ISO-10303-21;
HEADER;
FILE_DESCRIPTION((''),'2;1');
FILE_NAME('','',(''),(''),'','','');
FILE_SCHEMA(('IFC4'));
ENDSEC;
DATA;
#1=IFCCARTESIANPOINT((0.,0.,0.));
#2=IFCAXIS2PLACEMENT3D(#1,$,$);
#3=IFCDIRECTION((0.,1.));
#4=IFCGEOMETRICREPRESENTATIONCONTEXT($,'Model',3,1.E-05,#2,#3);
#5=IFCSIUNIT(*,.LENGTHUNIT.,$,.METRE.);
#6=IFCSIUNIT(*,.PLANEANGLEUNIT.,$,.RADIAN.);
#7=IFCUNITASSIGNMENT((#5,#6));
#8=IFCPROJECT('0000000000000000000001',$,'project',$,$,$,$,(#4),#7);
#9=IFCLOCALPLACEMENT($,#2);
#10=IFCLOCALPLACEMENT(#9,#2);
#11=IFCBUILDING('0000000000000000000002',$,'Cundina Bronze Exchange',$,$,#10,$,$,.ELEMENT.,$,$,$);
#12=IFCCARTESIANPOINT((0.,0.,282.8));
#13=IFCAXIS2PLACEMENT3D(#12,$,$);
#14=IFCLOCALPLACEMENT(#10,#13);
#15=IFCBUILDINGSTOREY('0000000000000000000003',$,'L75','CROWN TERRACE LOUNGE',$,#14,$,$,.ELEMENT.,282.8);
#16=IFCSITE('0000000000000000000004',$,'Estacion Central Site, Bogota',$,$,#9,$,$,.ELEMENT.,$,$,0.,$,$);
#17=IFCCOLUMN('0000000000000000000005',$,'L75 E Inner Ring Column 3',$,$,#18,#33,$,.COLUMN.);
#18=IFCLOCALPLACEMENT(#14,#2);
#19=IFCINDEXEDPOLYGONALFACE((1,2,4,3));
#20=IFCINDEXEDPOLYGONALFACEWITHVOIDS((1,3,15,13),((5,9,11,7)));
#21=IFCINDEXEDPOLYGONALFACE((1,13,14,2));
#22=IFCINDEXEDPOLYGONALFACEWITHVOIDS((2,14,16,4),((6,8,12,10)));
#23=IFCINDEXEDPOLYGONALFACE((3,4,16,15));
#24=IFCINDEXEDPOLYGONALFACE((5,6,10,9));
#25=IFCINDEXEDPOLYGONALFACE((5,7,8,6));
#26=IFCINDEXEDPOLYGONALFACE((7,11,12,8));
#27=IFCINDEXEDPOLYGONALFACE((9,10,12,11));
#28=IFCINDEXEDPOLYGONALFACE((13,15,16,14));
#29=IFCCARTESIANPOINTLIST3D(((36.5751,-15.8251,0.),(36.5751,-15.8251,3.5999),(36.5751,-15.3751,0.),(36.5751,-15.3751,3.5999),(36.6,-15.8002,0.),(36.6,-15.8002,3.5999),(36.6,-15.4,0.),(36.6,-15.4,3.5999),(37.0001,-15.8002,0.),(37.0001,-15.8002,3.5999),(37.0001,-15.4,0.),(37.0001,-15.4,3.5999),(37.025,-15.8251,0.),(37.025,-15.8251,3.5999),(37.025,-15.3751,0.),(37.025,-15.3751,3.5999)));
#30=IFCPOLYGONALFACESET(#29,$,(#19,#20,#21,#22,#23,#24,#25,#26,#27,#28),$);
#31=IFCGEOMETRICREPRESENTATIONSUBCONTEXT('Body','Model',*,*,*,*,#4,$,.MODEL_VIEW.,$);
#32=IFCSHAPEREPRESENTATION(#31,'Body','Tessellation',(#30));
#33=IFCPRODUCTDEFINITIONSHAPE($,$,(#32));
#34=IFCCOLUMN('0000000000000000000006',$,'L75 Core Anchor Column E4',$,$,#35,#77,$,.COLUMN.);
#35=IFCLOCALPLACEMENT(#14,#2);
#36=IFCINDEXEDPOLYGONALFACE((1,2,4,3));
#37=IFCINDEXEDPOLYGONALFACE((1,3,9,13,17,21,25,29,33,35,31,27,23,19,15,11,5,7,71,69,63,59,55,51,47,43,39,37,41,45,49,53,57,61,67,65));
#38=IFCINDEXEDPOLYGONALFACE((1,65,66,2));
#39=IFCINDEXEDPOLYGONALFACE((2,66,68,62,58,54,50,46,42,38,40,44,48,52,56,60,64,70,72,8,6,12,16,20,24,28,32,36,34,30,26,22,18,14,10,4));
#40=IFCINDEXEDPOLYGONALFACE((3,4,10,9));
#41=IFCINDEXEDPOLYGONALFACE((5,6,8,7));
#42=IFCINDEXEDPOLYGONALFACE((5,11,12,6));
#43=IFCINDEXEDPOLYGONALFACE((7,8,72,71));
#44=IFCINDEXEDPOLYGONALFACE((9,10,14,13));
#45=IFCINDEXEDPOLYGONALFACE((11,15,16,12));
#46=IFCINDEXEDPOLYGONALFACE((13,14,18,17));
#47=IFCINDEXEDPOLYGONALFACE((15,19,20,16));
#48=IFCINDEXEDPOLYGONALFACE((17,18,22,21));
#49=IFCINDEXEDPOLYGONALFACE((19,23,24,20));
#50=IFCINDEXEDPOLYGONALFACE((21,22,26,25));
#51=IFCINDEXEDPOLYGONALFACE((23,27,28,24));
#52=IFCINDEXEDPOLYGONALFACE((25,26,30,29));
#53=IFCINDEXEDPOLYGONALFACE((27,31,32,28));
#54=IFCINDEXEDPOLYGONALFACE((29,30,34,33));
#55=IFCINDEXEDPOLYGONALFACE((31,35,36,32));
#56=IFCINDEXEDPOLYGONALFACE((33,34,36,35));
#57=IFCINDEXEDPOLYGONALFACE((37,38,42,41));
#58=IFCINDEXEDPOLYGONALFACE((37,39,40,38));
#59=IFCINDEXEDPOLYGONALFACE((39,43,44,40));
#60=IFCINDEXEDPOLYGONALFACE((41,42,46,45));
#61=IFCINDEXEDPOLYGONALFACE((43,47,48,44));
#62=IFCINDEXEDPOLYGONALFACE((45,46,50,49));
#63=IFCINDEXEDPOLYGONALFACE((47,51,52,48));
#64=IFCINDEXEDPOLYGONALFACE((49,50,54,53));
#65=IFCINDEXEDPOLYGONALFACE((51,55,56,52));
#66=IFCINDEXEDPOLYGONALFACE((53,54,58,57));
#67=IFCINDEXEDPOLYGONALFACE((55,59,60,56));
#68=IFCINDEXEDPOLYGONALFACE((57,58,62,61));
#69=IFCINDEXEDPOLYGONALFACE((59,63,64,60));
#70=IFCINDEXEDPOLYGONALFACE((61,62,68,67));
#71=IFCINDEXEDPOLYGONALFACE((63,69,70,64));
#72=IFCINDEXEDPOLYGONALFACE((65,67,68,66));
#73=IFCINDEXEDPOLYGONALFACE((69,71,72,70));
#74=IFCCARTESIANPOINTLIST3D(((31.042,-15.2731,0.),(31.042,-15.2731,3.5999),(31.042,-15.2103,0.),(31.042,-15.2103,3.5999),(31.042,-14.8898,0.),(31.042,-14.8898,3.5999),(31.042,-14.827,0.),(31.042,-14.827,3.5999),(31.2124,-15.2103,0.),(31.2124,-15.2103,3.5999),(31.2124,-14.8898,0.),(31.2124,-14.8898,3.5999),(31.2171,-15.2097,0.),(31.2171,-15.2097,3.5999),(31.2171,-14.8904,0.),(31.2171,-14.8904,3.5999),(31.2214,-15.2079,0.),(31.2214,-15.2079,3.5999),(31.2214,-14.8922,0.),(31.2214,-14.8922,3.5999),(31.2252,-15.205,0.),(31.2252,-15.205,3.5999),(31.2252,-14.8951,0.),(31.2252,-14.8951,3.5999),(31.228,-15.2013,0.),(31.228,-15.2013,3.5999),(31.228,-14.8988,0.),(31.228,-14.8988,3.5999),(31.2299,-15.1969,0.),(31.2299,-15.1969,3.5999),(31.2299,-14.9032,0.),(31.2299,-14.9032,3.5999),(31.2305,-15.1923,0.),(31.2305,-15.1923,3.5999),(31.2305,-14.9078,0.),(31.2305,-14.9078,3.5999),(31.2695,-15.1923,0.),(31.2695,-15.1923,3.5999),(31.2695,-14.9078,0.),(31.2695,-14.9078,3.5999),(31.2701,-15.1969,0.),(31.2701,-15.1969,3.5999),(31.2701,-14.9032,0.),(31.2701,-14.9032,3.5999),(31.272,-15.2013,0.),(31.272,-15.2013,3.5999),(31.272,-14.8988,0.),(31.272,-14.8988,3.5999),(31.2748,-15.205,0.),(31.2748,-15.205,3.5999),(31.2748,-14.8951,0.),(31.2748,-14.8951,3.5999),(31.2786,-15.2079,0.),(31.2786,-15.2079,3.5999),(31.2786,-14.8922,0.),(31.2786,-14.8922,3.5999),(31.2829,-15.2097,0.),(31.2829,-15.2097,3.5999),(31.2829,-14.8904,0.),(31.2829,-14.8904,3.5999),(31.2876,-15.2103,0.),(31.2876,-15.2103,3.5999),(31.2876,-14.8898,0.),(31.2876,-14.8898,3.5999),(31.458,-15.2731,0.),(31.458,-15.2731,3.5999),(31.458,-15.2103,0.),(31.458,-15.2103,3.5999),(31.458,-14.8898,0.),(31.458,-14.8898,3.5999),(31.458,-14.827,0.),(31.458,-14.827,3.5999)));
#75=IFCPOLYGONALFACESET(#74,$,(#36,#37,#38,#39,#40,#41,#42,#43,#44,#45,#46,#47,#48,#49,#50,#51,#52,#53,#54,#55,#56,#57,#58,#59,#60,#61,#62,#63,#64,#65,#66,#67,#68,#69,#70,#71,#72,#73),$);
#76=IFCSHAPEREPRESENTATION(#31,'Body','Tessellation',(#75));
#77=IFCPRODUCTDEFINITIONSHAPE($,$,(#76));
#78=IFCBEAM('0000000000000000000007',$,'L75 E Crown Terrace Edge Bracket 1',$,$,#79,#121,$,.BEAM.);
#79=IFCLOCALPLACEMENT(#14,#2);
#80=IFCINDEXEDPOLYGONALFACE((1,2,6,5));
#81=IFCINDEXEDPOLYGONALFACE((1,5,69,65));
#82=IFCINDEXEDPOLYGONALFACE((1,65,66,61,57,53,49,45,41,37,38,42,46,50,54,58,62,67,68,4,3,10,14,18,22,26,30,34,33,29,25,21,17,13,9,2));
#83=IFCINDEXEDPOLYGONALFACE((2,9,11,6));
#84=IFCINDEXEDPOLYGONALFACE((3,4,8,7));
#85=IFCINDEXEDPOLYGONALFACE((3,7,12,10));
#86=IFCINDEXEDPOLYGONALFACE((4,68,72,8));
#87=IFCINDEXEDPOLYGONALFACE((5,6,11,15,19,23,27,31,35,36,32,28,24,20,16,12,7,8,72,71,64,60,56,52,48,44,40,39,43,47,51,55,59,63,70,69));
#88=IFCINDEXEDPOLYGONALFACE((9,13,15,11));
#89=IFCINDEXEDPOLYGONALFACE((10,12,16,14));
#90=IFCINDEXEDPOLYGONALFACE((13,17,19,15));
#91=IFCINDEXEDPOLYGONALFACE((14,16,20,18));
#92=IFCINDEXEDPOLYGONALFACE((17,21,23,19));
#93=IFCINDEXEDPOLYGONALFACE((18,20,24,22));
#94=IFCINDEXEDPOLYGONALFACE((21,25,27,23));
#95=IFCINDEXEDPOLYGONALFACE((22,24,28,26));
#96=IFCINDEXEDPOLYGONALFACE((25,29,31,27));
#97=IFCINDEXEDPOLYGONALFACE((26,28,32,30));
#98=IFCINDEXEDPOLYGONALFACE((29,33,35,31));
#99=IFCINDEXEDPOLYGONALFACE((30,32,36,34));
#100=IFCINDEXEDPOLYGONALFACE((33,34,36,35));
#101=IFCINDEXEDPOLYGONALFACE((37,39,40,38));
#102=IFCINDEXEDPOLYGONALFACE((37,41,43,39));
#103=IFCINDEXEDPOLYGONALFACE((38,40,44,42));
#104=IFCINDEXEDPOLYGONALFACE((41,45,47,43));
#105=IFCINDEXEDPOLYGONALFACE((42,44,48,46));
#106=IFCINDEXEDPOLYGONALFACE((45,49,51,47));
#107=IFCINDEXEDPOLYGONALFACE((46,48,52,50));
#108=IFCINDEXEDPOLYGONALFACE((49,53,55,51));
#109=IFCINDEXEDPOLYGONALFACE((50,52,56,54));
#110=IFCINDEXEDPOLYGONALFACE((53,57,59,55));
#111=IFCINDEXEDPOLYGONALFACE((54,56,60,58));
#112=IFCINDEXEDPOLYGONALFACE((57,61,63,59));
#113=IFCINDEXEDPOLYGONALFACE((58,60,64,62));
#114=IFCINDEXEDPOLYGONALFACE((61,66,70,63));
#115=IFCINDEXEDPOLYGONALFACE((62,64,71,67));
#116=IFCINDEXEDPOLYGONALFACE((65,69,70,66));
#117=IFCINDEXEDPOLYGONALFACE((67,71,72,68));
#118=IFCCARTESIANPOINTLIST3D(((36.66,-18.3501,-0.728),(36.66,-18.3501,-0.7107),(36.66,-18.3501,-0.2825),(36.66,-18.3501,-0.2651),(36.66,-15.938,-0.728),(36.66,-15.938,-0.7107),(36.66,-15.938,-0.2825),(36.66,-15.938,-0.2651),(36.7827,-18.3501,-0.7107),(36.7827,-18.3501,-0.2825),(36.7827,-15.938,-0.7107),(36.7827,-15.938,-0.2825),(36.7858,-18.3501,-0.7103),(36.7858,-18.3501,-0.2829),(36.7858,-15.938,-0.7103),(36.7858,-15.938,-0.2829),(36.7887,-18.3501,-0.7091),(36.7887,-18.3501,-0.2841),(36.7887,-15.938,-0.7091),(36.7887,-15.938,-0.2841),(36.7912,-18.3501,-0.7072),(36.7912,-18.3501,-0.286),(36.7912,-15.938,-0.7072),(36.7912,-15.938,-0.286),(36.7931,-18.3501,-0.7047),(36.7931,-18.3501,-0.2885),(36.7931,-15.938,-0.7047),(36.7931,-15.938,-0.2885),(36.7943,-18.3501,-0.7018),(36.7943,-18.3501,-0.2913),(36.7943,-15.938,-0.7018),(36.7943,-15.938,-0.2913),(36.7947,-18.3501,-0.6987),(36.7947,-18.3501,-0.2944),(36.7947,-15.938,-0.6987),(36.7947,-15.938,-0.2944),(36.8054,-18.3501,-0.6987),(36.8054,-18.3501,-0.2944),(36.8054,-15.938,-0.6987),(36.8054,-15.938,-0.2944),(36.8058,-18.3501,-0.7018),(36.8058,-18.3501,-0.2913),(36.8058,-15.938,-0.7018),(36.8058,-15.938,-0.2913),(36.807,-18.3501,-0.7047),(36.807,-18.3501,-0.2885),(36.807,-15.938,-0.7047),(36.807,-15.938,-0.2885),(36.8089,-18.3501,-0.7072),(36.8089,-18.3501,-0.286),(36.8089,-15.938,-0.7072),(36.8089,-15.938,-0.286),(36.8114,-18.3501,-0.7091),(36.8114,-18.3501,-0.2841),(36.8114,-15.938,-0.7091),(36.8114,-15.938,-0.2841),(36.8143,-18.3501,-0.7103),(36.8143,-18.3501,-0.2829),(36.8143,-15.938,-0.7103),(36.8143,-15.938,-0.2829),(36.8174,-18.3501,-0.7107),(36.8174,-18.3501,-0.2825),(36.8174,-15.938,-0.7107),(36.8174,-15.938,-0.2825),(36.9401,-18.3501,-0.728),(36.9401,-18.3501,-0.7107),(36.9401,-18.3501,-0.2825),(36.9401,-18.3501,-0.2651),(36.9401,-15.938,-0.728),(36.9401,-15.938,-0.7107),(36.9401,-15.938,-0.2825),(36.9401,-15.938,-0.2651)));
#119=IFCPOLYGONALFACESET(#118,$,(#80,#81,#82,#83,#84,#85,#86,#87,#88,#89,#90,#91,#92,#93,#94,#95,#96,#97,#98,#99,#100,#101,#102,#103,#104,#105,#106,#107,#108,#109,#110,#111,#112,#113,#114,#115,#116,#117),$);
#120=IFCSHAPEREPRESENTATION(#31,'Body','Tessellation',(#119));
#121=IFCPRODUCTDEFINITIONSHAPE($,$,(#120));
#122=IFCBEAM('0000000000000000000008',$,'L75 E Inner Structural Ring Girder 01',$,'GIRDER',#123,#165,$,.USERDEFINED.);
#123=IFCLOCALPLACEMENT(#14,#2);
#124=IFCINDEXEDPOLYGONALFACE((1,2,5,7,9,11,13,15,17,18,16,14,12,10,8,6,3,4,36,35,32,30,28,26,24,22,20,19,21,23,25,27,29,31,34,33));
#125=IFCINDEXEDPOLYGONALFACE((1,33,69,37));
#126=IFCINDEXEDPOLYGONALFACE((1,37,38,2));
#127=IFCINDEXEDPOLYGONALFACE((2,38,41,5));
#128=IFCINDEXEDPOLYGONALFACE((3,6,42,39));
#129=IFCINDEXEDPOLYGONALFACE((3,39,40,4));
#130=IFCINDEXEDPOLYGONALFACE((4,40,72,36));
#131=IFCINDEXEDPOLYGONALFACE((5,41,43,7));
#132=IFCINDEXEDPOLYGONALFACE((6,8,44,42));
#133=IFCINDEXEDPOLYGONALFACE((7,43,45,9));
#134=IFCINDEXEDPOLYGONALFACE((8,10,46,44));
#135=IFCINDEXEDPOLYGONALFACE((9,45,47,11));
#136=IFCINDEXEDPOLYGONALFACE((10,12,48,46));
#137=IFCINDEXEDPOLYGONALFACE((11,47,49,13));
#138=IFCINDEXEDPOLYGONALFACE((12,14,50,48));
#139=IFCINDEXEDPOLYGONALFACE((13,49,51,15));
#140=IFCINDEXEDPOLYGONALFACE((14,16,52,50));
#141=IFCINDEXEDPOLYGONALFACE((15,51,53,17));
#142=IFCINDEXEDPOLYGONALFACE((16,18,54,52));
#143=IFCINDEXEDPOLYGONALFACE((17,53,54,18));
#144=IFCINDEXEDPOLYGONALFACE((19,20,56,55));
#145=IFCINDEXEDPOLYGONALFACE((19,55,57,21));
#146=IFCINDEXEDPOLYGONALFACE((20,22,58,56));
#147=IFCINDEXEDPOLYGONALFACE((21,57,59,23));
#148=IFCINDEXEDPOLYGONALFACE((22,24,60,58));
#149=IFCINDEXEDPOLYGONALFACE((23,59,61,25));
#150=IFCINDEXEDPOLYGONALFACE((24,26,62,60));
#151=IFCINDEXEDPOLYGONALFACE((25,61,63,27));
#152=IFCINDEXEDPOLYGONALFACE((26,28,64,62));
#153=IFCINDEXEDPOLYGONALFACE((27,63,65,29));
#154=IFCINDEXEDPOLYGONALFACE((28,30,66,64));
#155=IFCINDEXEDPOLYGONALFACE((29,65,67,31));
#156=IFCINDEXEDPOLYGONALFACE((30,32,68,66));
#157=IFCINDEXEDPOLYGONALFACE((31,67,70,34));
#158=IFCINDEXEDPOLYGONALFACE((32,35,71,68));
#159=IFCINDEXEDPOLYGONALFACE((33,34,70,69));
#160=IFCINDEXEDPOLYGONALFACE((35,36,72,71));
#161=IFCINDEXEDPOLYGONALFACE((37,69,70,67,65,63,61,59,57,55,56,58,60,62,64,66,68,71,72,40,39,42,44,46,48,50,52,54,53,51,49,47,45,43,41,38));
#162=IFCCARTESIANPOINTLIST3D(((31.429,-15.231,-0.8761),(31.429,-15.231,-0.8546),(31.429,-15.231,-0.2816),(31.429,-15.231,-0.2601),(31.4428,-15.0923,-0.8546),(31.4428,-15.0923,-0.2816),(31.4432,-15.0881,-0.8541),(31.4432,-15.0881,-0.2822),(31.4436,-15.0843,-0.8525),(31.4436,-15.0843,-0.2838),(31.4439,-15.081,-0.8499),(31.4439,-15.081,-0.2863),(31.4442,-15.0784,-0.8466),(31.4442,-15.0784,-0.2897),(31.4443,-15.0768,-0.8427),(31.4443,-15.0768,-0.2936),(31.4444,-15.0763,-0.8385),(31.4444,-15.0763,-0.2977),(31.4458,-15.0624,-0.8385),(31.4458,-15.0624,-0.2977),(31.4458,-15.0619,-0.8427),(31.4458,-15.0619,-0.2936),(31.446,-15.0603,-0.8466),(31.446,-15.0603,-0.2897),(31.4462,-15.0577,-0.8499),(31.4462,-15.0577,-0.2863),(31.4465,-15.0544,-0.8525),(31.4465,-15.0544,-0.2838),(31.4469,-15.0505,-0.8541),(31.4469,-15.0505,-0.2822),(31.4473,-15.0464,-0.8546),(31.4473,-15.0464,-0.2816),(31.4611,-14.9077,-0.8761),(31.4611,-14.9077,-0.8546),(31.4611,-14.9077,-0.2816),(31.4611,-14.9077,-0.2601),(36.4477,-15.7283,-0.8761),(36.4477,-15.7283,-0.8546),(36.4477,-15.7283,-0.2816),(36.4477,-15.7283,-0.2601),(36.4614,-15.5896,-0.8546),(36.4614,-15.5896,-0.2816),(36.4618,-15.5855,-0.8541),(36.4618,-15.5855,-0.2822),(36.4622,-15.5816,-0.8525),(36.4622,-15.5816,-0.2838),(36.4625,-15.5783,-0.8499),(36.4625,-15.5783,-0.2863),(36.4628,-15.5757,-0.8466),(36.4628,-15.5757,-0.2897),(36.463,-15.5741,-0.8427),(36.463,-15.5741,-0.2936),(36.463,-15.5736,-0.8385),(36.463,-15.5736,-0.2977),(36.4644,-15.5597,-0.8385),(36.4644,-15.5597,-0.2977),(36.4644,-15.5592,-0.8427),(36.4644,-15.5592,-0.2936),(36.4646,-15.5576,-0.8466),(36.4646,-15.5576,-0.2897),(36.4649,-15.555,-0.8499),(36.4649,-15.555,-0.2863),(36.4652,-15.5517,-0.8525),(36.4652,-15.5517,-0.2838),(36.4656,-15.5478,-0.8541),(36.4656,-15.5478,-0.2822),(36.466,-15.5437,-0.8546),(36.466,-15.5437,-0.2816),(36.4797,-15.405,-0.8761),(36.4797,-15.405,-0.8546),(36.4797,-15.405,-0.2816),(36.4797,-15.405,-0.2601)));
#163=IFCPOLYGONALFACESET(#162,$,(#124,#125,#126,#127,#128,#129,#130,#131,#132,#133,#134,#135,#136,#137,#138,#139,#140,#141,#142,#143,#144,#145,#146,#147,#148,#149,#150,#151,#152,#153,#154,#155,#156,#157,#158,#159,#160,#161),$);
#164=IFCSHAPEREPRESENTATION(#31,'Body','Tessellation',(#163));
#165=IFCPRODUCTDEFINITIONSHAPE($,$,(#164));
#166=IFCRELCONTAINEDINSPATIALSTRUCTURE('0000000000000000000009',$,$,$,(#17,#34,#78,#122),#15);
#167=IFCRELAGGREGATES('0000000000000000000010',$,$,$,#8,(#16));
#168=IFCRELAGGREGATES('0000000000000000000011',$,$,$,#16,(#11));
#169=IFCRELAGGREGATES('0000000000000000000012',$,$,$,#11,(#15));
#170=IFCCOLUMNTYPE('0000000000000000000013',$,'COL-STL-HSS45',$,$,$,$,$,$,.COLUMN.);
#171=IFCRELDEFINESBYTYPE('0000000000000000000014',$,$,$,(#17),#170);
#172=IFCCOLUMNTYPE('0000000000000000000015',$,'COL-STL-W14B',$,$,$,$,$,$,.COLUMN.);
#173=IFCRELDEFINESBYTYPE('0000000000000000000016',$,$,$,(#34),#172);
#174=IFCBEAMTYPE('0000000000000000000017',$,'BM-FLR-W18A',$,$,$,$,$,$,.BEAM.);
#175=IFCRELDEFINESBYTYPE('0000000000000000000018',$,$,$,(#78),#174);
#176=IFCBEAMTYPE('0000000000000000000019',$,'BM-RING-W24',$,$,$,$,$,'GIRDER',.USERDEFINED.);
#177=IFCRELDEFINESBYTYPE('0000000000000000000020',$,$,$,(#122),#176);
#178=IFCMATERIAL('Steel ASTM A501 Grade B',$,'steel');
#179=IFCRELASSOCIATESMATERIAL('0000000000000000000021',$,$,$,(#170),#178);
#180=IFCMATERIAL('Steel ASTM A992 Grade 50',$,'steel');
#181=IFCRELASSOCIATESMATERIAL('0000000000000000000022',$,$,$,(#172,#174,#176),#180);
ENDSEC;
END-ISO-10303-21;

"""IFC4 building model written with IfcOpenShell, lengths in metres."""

from ifc_helpers import new_model, si_unit, direction, frame, origin, origin_2d, place, context, subcontext, project, spatial, hollow_rectangle, i_section, extrude, material, material_profile, profile_set, type_object, element, save


model = new_model("IFC4")

# Units and contexts
model_context = context("Model", 3, precision=1e-05, world=origin(), true_north=direction((0.0, 1.0)))
body_context = subcontext(model_context, "Body", "Model", "MODEL_VIEW")
ifc_project = project(units=[si_unit("LENGTHUNIT", "METRE"), si_unit("PLANEANGLEUNIT", "RADIAN")], contexts=[model_context])

# Site, building, storey
site_placement = place(None, origin())
site = spatial("IfcSite", under=ifc_project, at=site_placement, Name="Estacion Central Site, Bogota", CompositionType="ELEMENT", RefElevation=0.0)
building_placement = place(site_placement, origin())
building = spatial("IfcBuilding", under=site, at=building_placement, Name="Cundina Bronze Exchange", CompositionType="ELEMENT")
storey_placement = place(building_placement, frame((0.0, 0.0, 282.8)))
storey = spatial("IfcBuildingStorey", under=building, at=storey_placement, Name="L75", Description="CROWN TERRACE LOUNGE", CompositionType="ELEMENT", Elevation=282.8)

# Columns
ifc_material_1 = material(Name="Steel ASTM A501 Grade B", Category="steel")
ifc_material_profile_1 = material_profile(ifc_material_1, hollow_rectangle(XDim=0.45, YDim=0.45, WallThickness=0.0249, at=origin_2d()), Name="HSS450X450X25", Category="steel")
ifc_profile_set_1 = profile_set([ifc_material_profile_1], Name="Steel ASTM A501 Grade B")
column_type_1 = type_object("IfcColumnType", Name="COL-STL-HSS45", PredefinedType="COLUMN", material=ifc_profile_set_1)
column_1_placement = place(storey_placement, frame((36.8, -15.6001, 0.0), z_axis=(0.0, 0.0, 1.0), x_axis=(1.0, 0.0, 0.0)))
element("IfcColumn", 1, at=column_1_placement, inside=storey, type_object=column_type_1, Name="L75 E Inner Ring Column 3", PredefinedType="COLUMN", context=body_context, shape_type="SweptSolid", body=[
    extrude(hollow_rectangle(XDim=0.45, YDim=0.45, WallThickness=0.0249, at=origin_2d()), origin(), (0.0, 0.0, 1.0), 3.5999),
])
ifc_material_2 = material(Name="Steel ASTM A992 Grade 50", Category="steel")
ifc_material_profile_2 = material_profile(ifc_material_2, i_section(OverallWidth=0.416, OverallDepth=0.446, WebThickness=0.0391, FlangeThickness=0.0627, FilletRadius=0.0181, at=origin_2d()), Name="W14X342", Category="steel")
ifc_profile_set_2 = profile_set([ifc_material_profile_2], Name="Steel ASTM A992 Grade 50")
column_type_2 = type_object("IfcColumnType", Name="COL-STL-W14B", PredefinedType="COLUMN", material=ifc_profile_set_2)
column_2_placement = place(storey_placement, frame((31.25, -15.05, 0.0), z_axis=(0.0, 0.0, 1.0), x_axis=(1.0, 0.0, 0.0)))
element("IfcColumn", 2, at=column_2_placement, inside=storey, type_object=column_type_2, Name="L75 Core Anchor Column E4", PredefinedType="COLUMN", context=body_context, shape_type="SweptSolid", body=[
    extrude(i_section(OverallWidth=0.416, OverallDepth=0.446, WebThickness=0.0391, FlangeThickness=0.0627, FilletRadius=0.0181, at=origin_2d()), origin(), (0.0, 0.0, 1.0), 3.5999),
])

# Beams
ifc_material_profile_3 = material_profile(ifc_material_2, i_section(OverallWidth=0.28, OverallDepth=0.4629, WebThickness=0.0107, FlangeThickness=0.0173, FilletRadius=0.012, at=origin_2d()), Name="W18X76", Category="steel")
ifc_profile_set_3 = profile_set([ifc_material_profile_3], Name="Steel ASTM A992 Grade 50")
beam_type_1 = type_object("IfcBeamType", Name="BM-FLR-W18A", PredefinedType="BEAM", material=ifc_profile_set_3)
beam_1_placement = place(storey_placement, frame((36.8, -15.938, -0.4966), z_axis=(0.0, -1.0, 0.0), x_axis=(1.0, 0.0, 0.0)))
element("IfcBeam", 3, at=beam_1_placement, inside=storey, type_object=beam_type_1, Name="L75 E Crown Terrace Edge Bracket 1", PredefinedType="BEAM", context=body_context, shape_type="SweptSolid", body=[
    extrude(i_section(OverallWidth=0.28, OverallDepth=0.4629, WebThickness=0.0107, FlangeThickness=0.0173, FilletRadius=0.012, at=origin_2d()), origin(), (0.0, 0.0, 1.0), 2.4121),
])
ifc_material_profile_4 = material_profile(ifc_material_2, i_section(OverallWidth=0.325, OverallDepth=0.616, WebThickness=0.0139, FlangeThickness=0.0215, FilletRadius=0.0161, at=origin_2d()), Name="W24X117", Category="steel")
ifc_profile_set_4 = profile_set([ifc_material_profile_4], Name="Steel ASTM A992 Grade 50")
beam_type_2 = type_object("IfcBeamType", Name="BM-RING-W24", ElementType="GIRDER", PredefinedType="USERDEFINED", material=ifc_profile_set_4)
beam_2_placement = place(storey_placement, frame((31.4451, -15.0693, -0.5681), z_axis=(0.995126, -0.098612, 0.0), x_axis=(0.098612, 0.995126, 0.0)))
element("IfcBeam", 4, at=beam_2_placement, inside=storey, type_object=beam_type_2, Name="L75 E Inner Structural Ring Girder 01", ObjectType="GIRDER", PredefinedType="USERDEFINED", context=body_context, shape_type="SweptSolid", body=[
    extrude(i_section(OverallWidth=0.325, OverallDepth=0.616, WebThickness=0.0139, FlangeThickness=0.0215, FilletRadius=0.0161, at=origin_2d()), origin(), (0.0, 0.0, 1.0), 5.0432),
])

save(model, "model.ifc")
